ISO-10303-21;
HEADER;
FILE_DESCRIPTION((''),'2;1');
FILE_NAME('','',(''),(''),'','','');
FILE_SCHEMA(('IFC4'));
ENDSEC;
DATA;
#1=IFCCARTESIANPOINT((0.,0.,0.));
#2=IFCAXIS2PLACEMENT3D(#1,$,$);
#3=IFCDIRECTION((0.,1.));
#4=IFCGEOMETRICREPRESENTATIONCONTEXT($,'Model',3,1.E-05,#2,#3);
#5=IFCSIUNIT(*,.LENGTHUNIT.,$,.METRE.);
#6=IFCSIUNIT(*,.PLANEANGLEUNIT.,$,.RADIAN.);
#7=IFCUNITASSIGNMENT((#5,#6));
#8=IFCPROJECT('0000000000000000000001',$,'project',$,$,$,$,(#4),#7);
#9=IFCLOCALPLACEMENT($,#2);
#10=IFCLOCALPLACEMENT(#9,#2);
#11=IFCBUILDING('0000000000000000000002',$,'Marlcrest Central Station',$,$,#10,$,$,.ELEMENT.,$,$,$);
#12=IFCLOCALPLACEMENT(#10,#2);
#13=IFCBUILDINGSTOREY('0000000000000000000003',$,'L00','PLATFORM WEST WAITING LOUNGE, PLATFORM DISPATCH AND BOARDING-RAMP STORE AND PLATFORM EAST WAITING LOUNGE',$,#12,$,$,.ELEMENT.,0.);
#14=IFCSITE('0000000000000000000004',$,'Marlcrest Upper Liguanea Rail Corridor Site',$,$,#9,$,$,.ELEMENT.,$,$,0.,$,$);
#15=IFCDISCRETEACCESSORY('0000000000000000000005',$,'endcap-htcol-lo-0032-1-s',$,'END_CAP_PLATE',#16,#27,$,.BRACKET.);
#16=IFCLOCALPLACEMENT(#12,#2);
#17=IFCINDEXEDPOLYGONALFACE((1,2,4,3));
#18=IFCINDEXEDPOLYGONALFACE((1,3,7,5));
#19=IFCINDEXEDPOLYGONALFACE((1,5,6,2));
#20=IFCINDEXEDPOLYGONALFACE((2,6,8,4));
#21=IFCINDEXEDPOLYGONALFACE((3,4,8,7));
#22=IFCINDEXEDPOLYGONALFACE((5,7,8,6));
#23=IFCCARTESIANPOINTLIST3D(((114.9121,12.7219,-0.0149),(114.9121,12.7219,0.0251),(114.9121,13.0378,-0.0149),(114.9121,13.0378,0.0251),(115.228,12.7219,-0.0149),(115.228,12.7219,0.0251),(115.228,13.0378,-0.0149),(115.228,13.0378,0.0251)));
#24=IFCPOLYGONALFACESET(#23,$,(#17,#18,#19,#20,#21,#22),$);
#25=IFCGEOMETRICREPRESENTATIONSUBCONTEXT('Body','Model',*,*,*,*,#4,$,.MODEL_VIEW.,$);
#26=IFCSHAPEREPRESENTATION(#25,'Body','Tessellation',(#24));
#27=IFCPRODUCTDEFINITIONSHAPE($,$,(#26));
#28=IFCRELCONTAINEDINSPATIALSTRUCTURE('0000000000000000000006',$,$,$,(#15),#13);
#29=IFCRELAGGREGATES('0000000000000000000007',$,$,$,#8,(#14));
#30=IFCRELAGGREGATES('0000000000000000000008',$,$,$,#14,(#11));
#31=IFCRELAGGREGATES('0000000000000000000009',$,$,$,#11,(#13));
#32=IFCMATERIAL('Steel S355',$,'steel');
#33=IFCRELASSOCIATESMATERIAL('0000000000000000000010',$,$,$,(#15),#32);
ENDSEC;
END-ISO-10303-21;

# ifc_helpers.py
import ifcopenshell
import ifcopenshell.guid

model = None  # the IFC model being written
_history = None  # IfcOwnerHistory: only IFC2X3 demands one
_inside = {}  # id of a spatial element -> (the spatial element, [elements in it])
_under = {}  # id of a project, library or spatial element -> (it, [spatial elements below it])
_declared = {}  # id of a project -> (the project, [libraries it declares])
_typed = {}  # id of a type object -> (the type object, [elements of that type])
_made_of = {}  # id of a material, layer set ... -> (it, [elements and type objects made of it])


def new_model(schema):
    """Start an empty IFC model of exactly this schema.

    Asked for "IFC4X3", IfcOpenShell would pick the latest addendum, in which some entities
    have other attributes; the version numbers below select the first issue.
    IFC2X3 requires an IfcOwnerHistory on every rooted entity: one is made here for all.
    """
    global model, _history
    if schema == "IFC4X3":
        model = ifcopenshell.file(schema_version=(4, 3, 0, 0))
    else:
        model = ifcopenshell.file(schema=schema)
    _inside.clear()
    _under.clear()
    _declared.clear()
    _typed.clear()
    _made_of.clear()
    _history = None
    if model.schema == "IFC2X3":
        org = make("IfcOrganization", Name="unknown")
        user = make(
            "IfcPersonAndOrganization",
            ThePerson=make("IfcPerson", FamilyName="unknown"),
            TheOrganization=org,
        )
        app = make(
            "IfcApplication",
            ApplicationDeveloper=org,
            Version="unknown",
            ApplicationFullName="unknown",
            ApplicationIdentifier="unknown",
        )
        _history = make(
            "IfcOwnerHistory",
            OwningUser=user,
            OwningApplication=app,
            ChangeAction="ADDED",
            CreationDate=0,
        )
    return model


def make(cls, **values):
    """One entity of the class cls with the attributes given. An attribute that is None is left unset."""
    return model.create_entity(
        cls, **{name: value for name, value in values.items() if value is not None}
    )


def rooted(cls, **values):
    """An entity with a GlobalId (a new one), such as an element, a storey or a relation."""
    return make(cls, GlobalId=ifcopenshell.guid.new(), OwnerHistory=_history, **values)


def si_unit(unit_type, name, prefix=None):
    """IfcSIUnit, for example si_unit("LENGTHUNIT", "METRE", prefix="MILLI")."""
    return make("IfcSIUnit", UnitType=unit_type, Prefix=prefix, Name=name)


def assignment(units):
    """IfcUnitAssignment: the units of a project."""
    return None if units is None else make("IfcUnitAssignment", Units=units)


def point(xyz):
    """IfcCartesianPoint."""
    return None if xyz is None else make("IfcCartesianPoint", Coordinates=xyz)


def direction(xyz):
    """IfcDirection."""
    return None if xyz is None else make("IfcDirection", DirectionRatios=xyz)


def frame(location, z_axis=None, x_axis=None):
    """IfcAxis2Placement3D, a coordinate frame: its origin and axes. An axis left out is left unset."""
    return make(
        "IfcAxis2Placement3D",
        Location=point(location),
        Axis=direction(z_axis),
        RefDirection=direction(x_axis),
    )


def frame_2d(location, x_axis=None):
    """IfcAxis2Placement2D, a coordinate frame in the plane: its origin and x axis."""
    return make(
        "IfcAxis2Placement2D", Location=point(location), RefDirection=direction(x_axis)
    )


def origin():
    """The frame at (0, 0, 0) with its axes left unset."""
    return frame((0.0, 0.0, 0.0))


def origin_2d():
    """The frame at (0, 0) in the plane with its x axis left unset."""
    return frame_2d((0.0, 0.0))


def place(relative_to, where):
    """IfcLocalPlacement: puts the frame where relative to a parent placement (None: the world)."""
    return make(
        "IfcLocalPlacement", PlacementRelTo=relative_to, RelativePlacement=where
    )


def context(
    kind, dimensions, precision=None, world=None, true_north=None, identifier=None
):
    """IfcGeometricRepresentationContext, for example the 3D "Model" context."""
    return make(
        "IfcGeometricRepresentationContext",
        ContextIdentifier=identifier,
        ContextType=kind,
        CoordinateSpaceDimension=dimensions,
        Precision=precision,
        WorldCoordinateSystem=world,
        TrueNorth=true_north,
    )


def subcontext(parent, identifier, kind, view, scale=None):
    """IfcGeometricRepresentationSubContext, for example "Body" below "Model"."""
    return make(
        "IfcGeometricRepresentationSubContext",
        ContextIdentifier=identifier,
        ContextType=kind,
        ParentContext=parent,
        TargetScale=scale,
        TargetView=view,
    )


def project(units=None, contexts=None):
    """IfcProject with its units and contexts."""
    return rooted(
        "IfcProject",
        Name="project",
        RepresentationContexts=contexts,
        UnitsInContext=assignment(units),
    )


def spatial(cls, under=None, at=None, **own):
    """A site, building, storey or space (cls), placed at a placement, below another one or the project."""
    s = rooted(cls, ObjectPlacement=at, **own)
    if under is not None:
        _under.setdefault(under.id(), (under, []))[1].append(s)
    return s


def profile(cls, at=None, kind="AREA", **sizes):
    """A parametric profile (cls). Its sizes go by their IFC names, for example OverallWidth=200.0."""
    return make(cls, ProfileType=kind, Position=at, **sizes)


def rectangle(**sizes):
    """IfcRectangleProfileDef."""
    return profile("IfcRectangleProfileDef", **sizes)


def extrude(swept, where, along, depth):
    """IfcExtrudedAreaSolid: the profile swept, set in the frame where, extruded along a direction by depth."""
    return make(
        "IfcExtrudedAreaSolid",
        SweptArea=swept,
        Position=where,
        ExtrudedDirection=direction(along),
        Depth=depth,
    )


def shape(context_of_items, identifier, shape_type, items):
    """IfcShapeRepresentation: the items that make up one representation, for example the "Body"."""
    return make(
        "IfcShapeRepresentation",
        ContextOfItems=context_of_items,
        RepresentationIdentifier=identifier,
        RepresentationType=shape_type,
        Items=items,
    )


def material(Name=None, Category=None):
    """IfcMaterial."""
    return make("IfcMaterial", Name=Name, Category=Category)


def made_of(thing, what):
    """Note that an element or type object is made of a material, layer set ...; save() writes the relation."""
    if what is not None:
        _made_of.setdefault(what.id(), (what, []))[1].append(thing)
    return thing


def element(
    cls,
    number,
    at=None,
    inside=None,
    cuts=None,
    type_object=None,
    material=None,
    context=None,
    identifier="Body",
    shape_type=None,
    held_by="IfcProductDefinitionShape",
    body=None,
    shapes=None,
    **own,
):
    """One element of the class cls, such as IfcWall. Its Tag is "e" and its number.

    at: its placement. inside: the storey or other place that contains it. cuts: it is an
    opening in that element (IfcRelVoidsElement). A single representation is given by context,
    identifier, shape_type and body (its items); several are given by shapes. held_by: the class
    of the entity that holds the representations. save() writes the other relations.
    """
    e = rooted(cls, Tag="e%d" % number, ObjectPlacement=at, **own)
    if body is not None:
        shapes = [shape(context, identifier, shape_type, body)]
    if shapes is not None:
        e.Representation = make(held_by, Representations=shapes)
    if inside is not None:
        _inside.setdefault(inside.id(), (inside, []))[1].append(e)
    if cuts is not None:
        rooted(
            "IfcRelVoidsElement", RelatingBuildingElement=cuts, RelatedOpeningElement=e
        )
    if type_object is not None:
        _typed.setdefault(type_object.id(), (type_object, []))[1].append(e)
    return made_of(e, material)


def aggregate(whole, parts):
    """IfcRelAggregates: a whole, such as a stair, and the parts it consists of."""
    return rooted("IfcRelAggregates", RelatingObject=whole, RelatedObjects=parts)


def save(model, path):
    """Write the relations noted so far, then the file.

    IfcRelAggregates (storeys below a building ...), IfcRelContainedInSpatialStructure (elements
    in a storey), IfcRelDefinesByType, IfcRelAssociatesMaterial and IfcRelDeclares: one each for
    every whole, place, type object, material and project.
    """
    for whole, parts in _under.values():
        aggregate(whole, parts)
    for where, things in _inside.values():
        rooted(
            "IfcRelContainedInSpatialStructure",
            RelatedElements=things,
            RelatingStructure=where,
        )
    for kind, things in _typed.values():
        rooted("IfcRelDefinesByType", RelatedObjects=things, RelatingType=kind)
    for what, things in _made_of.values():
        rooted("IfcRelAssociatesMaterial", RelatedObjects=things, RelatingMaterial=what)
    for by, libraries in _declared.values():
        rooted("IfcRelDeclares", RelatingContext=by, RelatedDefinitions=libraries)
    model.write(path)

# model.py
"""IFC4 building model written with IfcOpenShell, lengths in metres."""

from ifc_helpers import new_model, si_unit, direction, frame, origin, origin_2d, place, context, subcontext, project, spatial, rectangle, extrude, material, element, save


model = new_model("IFC4")

# Units and contexts
model_context = context("Model", 3, precision=1e-05, world=origin(), true_north=direction((0.0, 1.0)))
body_context = subcontext(model_context, "Body", "Model", "MODEL_VIEW")
ifc_project = project(units=[si_unit("LENGTHUNIT", "METRE"), si_unit("PLANEANGLEUNIT", "RADIAN")], contexts=[model_context])

# Site, building, storey
site_placement = place(None, origin())
site = spatial("IfcSite", under=ifc_project, at=site_placement, Name="Marlcrest Upper Liguanea Rail Corridor Site", CompositionType="ELEMENT", RefElevation=0.0)
building_placement = place(site_placement, origin())
building = spatial("IfcBuilding", under=site, at=building_placement, Name="Marlcrest Central Station", CompositionType="ELEMENT")
storey_placement = place(building_placement, origin())
storey = spatial("IfcBuildingStorey", under=building, at=storey_placement, Name="L00", Description="PLATFORM WEST WAITING LOUNGE, PLATFORM DISPATCH AND BOARDING-RAMP STORE AND PLATFORM EAST WAITING LOUNGE", CompositionType="ELEMENT", Elevation=0.0)

# Shared definitions
ifc_material_1 = material(Name="Steel S355", Category="steel")

# Discrete accessory
for number, where, z_axis, x_axis, name in (
    (1, (115.0701, 12.8799, -0.0149), (0.0, 0.0, 1.0), (1.0, 0.0, 0.0), "endcap-htcol-lo-0032-1-s"),
):
    element("IfcDiscreteAccessory", number, at=place(storey_placement, frame(where, z_axis=z_axis, x_axis=x_axis)), inside=storey, material=ifc_material_1, Name=name, ObjectType="END_CAP_PLATE", PredefinedType="BRACKET", context=body_context, shape_type="SweptSolid", body=[
        extrude(rectangle(XDim=0.3159, YDim=0.3159, at=origin_2d()), origin(), (0.0, 0.0, 1.0), 0.04),
    ])

save(model, "model.ifc")
